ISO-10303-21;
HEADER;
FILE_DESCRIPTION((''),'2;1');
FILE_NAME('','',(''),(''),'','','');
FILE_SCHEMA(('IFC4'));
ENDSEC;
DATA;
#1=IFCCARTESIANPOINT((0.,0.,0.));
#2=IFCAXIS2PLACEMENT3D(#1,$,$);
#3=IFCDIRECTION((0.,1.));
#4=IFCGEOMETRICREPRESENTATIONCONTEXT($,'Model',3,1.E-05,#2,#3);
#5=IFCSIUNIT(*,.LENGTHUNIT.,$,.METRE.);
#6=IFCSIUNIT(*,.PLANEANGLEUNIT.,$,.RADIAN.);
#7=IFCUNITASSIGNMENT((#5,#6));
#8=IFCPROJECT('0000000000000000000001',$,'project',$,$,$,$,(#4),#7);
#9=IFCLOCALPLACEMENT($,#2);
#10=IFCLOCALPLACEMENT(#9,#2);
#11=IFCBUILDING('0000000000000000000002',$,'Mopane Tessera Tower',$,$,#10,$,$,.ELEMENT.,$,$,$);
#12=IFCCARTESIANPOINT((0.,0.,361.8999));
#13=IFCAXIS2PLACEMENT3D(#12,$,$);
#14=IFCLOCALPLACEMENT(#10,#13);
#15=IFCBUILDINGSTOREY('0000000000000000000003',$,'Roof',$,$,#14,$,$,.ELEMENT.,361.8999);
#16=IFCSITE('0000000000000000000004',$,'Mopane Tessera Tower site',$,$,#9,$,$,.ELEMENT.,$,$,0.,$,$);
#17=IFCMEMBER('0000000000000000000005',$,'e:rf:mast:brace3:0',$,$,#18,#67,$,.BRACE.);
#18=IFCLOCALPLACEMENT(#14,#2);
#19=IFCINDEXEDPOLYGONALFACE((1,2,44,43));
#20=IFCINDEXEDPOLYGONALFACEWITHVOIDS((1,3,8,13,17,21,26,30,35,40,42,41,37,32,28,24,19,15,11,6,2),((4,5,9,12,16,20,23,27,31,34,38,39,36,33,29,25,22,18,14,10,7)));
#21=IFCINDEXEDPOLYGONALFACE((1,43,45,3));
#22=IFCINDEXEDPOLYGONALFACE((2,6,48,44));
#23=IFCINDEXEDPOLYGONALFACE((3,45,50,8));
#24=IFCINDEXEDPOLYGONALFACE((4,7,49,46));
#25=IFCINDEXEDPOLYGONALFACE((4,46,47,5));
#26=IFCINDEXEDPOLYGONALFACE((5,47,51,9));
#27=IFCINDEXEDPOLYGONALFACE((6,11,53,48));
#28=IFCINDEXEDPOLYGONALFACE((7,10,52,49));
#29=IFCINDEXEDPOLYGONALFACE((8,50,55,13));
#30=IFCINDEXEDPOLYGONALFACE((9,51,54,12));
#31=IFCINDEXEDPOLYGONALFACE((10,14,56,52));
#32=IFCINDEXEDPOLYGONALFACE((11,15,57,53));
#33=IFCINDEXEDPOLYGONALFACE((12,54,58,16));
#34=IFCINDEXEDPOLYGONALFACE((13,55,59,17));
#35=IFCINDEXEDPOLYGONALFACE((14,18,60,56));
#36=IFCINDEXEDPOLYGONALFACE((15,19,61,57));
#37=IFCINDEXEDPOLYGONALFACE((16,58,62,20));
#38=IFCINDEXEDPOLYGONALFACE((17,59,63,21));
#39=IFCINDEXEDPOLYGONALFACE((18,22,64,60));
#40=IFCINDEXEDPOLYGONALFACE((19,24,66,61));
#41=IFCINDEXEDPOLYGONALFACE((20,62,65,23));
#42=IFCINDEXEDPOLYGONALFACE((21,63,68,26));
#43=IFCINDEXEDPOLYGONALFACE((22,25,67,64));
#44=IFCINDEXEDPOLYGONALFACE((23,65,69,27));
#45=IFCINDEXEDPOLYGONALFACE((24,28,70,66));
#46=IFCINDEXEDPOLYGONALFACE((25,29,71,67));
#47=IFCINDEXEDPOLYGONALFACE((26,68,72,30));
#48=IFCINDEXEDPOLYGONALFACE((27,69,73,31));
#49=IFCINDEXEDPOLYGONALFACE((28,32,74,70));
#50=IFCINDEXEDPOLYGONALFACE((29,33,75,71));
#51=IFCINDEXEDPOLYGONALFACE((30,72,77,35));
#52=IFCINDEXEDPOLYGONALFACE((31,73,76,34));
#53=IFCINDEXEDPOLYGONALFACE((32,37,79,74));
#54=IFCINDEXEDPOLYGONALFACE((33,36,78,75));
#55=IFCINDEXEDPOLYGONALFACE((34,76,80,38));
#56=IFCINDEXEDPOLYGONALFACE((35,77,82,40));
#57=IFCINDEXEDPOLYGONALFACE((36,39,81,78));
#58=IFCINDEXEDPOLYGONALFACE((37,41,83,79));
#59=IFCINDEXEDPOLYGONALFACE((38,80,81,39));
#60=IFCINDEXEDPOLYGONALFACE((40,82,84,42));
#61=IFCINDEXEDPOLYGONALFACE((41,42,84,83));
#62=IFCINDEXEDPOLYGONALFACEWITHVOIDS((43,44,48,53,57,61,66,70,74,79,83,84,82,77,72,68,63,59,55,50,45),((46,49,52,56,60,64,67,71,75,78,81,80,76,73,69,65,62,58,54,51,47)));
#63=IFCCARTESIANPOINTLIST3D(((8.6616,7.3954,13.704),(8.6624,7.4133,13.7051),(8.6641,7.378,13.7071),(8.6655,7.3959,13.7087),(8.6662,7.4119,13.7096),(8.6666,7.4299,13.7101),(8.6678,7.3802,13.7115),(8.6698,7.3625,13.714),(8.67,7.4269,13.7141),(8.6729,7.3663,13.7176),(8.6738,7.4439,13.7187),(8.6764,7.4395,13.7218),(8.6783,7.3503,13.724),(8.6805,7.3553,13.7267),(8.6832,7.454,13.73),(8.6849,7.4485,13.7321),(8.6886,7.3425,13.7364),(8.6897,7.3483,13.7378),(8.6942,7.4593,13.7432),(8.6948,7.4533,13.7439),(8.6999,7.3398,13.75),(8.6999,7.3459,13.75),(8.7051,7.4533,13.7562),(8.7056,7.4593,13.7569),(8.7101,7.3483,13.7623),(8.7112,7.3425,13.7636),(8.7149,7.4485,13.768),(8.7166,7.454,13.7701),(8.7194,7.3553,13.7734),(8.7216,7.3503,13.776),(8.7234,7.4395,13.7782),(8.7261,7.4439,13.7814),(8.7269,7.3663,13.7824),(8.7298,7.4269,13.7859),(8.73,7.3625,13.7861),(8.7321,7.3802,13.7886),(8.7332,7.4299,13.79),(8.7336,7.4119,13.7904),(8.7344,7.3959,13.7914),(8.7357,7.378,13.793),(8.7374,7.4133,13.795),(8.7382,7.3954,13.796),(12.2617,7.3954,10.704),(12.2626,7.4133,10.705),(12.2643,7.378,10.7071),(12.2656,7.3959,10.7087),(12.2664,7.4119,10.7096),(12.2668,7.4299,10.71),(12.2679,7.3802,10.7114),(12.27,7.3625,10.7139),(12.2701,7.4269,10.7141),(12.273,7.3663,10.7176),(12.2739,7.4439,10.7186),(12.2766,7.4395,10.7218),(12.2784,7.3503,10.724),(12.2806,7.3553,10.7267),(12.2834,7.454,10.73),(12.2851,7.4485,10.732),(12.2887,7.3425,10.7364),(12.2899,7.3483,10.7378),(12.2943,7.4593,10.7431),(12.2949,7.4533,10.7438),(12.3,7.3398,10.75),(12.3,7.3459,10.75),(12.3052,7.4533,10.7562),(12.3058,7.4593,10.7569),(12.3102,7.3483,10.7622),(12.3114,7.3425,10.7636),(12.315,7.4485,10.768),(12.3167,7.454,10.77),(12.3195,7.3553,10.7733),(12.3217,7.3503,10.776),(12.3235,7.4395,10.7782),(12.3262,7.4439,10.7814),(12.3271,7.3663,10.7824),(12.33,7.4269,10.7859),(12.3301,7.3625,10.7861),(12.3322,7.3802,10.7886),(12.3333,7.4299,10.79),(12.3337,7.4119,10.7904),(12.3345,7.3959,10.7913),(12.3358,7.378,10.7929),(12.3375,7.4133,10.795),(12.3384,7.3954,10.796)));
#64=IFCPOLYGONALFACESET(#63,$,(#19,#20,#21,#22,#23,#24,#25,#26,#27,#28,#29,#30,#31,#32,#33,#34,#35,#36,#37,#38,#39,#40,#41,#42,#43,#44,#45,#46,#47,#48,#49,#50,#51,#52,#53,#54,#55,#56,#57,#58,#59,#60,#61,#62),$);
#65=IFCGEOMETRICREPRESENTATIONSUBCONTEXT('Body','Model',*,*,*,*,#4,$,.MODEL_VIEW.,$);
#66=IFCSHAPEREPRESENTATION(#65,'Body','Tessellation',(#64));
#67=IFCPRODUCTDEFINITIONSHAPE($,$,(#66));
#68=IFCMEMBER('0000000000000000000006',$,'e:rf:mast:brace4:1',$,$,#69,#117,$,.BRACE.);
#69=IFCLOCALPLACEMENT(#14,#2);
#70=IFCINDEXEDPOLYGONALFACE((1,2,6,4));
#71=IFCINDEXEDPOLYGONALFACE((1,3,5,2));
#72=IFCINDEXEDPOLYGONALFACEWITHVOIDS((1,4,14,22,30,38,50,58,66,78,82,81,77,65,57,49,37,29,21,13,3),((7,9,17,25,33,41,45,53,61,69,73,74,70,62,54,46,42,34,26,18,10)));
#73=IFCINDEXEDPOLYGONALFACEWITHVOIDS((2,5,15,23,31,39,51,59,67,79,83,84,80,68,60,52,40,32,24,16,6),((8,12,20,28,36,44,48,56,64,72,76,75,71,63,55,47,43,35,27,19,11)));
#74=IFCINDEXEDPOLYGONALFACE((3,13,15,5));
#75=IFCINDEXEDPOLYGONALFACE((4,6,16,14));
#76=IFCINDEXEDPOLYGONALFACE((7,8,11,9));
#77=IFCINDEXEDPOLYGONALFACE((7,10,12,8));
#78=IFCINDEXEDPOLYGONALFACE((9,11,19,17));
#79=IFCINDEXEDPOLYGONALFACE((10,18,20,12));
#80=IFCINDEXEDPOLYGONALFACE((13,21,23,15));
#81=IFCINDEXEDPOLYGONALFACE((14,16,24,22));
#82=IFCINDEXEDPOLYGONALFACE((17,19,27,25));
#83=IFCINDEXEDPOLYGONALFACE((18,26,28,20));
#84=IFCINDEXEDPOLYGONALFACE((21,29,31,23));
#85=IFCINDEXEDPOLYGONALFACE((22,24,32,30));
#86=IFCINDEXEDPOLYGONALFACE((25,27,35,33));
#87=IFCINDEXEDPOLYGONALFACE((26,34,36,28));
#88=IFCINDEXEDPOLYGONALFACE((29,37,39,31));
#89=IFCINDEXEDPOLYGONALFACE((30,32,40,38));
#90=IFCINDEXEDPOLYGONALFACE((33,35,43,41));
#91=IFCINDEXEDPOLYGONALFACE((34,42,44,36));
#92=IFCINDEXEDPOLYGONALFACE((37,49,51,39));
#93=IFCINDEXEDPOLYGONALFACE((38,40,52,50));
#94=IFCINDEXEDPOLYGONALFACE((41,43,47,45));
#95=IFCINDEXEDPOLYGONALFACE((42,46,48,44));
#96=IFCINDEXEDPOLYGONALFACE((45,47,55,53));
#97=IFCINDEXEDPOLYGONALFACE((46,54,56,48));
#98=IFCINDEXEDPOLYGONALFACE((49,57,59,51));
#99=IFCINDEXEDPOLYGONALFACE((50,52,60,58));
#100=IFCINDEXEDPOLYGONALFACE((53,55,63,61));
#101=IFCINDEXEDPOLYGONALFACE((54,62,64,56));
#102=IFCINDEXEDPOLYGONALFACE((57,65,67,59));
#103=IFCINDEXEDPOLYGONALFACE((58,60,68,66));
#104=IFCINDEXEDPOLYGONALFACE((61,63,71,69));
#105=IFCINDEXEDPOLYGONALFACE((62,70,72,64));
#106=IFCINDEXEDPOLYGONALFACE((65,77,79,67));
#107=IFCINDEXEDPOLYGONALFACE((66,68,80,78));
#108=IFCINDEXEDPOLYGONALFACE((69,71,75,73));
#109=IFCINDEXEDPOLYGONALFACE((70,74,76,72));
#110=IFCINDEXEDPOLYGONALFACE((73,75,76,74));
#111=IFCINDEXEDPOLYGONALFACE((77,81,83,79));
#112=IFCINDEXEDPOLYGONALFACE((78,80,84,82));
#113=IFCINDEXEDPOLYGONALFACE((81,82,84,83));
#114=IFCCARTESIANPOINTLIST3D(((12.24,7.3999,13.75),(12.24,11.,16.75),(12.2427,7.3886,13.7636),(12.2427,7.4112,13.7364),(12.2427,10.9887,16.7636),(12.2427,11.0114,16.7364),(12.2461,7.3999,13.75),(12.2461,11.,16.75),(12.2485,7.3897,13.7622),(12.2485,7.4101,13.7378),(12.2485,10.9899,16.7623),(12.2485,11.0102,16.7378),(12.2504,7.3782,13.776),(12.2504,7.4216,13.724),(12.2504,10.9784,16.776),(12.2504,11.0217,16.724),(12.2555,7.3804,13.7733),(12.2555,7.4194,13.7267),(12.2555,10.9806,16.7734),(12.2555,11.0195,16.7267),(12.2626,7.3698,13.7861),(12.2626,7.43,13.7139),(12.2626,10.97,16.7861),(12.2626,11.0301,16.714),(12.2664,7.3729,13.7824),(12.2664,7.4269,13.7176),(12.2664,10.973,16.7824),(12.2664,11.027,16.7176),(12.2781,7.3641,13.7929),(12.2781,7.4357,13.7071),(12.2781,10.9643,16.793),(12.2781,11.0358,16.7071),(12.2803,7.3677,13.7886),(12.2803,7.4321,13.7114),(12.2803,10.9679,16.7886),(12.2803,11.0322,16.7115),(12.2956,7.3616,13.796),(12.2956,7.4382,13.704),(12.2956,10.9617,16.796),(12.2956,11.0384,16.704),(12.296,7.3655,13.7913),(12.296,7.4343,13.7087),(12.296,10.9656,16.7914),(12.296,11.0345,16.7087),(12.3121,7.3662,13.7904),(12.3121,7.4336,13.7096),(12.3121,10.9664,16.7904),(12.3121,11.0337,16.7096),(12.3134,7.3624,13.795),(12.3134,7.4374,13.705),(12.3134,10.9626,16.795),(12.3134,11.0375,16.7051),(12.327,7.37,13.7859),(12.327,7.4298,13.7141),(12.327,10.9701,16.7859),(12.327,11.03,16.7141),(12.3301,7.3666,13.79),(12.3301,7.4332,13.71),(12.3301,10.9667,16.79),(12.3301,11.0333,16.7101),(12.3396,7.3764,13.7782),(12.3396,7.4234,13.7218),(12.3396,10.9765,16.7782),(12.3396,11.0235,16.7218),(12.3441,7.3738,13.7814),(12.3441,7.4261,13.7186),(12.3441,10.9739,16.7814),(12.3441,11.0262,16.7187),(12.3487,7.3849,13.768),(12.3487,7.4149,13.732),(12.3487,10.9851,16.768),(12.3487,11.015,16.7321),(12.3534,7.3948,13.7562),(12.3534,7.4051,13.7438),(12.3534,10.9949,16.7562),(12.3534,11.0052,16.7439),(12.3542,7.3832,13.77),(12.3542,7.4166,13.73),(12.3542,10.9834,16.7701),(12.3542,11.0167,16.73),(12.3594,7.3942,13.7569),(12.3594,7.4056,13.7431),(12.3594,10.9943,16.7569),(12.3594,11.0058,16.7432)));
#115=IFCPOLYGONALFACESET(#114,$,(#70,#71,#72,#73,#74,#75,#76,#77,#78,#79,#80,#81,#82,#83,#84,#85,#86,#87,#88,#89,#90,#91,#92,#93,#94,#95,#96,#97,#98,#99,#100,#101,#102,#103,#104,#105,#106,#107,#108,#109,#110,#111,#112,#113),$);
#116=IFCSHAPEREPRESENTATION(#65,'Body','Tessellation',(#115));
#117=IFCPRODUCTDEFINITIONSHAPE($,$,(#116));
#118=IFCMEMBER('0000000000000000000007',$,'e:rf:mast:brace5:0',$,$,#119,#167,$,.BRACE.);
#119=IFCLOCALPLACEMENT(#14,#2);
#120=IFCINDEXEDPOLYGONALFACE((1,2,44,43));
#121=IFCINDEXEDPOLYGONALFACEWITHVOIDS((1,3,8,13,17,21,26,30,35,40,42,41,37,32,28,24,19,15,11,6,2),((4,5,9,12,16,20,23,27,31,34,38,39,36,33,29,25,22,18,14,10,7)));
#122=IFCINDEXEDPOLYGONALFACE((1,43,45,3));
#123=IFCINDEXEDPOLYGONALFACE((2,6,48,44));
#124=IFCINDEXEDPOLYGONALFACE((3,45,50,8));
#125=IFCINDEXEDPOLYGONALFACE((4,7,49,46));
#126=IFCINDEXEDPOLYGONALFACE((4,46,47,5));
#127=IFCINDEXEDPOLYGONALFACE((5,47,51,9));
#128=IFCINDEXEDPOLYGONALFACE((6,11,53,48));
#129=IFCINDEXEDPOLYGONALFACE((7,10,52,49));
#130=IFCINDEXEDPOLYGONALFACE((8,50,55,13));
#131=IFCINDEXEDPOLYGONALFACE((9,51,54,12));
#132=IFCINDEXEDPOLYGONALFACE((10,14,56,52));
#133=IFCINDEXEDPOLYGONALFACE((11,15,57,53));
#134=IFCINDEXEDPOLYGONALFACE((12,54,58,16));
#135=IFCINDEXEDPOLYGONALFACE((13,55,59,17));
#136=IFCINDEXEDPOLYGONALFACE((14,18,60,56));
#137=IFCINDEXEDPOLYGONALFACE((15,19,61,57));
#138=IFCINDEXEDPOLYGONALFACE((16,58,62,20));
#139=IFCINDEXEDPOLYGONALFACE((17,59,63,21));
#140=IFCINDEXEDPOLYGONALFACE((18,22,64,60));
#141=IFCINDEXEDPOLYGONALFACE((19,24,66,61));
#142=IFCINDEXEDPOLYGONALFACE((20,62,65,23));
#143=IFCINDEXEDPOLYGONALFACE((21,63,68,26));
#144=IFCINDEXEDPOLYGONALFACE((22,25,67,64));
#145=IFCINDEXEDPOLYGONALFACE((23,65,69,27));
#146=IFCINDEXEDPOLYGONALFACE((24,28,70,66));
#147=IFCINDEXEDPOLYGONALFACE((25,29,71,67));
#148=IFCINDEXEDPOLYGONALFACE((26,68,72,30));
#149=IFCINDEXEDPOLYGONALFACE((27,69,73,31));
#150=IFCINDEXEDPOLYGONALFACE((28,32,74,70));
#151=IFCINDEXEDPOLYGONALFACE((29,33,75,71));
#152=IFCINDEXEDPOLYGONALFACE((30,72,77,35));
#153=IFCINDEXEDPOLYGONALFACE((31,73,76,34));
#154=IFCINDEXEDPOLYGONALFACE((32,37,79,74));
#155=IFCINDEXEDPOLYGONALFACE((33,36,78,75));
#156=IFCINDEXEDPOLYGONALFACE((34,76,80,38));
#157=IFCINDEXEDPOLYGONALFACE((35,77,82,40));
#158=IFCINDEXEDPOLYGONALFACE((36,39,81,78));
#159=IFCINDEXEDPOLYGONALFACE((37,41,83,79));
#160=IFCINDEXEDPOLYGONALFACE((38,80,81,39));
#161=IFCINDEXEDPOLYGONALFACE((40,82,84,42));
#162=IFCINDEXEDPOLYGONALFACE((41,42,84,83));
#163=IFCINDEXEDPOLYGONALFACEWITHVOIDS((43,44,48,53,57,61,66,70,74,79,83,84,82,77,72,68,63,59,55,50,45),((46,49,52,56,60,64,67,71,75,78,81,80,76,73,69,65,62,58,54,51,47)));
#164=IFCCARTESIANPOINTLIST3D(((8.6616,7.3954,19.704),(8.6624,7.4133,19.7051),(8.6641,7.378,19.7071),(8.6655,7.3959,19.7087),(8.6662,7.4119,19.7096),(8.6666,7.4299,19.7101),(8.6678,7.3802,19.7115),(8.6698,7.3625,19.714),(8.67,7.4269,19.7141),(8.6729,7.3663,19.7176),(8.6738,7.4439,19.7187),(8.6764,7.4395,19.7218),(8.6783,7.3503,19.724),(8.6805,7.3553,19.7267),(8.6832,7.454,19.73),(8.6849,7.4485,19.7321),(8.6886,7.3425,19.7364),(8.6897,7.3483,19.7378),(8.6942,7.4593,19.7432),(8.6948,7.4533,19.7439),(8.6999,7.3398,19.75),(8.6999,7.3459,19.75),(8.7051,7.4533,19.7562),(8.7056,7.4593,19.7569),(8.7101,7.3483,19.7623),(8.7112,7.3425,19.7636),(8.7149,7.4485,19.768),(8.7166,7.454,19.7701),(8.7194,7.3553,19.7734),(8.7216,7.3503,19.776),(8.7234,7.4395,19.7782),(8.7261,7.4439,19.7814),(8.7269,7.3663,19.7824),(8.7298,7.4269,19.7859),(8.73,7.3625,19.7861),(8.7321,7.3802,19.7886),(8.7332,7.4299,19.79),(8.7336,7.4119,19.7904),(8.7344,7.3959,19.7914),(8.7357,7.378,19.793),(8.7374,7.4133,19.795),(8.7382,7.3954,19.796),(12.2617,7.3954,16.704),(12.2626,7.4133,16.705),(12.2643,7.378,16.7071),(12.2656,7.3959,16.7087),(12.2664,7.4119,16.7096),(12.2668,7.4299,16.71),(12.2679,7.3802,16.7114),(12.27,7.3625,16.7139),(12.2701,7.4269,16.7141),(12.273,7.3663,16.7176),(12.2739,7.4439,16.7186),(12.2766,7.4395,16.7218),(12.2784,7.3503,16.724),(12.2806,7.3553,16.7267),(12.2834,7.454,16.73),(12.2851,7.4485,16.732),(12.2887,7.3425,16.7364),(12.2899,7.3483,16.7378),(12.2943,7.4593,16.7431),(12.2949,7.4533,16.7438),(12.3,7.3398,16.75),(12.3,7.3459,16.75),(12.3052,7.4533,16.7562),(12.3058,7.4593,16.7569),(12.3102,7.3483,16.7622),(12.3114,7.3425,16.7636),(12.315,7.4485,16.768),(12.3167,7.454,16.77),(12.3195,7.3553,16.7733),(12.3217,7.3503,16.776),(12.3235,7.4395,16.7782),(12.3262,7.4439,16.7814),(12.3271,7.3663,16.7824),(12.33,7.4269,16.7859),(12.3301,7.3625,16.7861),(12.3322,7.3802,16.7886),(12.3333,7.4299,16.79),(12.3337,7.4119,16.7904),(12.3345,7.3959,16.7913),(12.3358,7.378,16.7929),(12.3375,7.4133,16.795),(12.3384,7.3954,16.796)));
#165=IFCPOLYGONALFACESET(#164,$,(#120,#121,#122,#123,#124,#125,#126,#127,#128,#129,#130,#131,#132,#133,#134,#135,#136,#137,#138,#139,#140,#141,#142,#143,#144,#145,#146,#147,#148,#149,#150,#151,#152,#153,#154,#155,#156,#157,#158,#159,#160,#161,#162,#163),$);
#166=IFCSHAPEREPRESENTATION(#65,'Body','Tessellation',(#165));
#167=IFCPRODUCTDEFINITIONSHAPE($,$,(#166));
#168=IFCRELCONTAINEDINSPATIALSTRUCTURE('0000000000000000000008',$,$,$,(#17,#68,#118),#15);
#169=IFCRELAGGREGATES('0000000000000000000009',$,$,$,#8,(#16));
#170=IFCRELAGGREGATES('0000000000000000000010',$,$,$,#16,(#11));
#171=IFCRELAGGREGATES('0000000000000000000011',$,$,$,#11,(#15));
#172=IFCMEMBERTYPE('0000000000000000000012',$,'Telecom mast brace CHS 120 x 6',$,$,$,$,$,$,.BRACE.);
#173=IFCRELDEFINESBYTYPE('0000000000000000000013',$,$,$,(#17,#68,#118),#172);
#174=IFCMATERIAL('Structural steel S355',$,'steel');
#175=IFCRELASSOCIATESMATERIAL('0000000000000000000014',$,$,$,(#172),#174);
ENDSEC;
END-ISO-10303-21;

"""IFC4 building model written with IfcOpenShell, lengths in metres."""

from ifc_helpers import new_model, si_unit, direction, frame, origin, origin_2d, place, context, subcontext, project, spatial, hollow_circle, extrude, material, material_profile, profile_set, type_object, element, save


model = new_model("IFC4")

# Units and contexts
model_context = context("Model", 3, precision=1e-05, world=origin(), true_north=direction((0.0, 1.0)))
body_context = subcontext(model_context, "Body", "Model", "MODEL_VIEW")
ifc_project = project(units=[si_unit("LENGTHUNIT", "METRE"), si_unit("PLANEANGLEUNIT", "RADIAN")], contexts=[model_context])

# Site, building, storey
site_placement = place(None, origin())
site = spatial("IfcSite", under=ifc_project, at=site_placement, Name="Mopane Tessera Tower site", CompositionType="ELEMENT", RefElevation=0.0)
building_placement = place(site_placement, origin())
building = spatial("IfcBuilding", under=site, at=building_placement, Name="Mopane Tessera Tower", CompositionType="ELEMENT")
storey_placement = place(building_placement, frame((0.0, 0.0, 361.8999)))
storey = spatial("IfcBuildingStorey", under=building, at=storey_placement, Name="Roof", CompositionType="ELEMENT", Elevation=361.8999)

# Members
ifc_material_1 = material(Name="Structural steel S355", Category="steel")
ifc_material_profile_1 = material_profile(ifc_material_1, hollow_circle(Radius=0.0601, WallThickness=0.0061, at=origin_2d()))
ifc_profile_set_1 = profile_set([ifc_material_profile_1], Name="Structural steel S355")
member_type_1 = type_object("IfcMemberType", Name="Telecom mast brace CHS 120 x 6", PredefinedType="BRACE", material=ifc_profile_set_1)
for number, where, z_axis, x_axis, name in (
    (1, (12.3, 7.3999, 10.75), (-0.76823, 0.0, 0.640174), (0.0, -1.0, 0.0), "e:rf:mast:brace3:0"),
    (2, (12.3, 7.3999, 13.75), (0.0, 0.76823, 0.640174), (-1.0, 0.0, 0.0), "e:rf:mast:brace4:1"),
    (3, (12.3, 7.3999, 16.75), (-0.76823, 0.0, 0.640174), (0.0, -1.0, 0.0), "e:rf:mast:brace5:0"),
):
    element("IfcMember", number, at=place(storey_placement, frame(where, z_axis=z_axis, x_axis=x_axis)), inside=storey, type_object=member_type_1, Name=name, PredefinedType="BRACE", context=body_context, shape_type="SweptSolid", body=[
        extrude(hollow_circle(Radius=0.0601, WallThickness=0.0061, at=origin_2d()), origin(), (0.0, 0.0, 1.0), 4.6863),
    ])

save(model, "model.ifc")
